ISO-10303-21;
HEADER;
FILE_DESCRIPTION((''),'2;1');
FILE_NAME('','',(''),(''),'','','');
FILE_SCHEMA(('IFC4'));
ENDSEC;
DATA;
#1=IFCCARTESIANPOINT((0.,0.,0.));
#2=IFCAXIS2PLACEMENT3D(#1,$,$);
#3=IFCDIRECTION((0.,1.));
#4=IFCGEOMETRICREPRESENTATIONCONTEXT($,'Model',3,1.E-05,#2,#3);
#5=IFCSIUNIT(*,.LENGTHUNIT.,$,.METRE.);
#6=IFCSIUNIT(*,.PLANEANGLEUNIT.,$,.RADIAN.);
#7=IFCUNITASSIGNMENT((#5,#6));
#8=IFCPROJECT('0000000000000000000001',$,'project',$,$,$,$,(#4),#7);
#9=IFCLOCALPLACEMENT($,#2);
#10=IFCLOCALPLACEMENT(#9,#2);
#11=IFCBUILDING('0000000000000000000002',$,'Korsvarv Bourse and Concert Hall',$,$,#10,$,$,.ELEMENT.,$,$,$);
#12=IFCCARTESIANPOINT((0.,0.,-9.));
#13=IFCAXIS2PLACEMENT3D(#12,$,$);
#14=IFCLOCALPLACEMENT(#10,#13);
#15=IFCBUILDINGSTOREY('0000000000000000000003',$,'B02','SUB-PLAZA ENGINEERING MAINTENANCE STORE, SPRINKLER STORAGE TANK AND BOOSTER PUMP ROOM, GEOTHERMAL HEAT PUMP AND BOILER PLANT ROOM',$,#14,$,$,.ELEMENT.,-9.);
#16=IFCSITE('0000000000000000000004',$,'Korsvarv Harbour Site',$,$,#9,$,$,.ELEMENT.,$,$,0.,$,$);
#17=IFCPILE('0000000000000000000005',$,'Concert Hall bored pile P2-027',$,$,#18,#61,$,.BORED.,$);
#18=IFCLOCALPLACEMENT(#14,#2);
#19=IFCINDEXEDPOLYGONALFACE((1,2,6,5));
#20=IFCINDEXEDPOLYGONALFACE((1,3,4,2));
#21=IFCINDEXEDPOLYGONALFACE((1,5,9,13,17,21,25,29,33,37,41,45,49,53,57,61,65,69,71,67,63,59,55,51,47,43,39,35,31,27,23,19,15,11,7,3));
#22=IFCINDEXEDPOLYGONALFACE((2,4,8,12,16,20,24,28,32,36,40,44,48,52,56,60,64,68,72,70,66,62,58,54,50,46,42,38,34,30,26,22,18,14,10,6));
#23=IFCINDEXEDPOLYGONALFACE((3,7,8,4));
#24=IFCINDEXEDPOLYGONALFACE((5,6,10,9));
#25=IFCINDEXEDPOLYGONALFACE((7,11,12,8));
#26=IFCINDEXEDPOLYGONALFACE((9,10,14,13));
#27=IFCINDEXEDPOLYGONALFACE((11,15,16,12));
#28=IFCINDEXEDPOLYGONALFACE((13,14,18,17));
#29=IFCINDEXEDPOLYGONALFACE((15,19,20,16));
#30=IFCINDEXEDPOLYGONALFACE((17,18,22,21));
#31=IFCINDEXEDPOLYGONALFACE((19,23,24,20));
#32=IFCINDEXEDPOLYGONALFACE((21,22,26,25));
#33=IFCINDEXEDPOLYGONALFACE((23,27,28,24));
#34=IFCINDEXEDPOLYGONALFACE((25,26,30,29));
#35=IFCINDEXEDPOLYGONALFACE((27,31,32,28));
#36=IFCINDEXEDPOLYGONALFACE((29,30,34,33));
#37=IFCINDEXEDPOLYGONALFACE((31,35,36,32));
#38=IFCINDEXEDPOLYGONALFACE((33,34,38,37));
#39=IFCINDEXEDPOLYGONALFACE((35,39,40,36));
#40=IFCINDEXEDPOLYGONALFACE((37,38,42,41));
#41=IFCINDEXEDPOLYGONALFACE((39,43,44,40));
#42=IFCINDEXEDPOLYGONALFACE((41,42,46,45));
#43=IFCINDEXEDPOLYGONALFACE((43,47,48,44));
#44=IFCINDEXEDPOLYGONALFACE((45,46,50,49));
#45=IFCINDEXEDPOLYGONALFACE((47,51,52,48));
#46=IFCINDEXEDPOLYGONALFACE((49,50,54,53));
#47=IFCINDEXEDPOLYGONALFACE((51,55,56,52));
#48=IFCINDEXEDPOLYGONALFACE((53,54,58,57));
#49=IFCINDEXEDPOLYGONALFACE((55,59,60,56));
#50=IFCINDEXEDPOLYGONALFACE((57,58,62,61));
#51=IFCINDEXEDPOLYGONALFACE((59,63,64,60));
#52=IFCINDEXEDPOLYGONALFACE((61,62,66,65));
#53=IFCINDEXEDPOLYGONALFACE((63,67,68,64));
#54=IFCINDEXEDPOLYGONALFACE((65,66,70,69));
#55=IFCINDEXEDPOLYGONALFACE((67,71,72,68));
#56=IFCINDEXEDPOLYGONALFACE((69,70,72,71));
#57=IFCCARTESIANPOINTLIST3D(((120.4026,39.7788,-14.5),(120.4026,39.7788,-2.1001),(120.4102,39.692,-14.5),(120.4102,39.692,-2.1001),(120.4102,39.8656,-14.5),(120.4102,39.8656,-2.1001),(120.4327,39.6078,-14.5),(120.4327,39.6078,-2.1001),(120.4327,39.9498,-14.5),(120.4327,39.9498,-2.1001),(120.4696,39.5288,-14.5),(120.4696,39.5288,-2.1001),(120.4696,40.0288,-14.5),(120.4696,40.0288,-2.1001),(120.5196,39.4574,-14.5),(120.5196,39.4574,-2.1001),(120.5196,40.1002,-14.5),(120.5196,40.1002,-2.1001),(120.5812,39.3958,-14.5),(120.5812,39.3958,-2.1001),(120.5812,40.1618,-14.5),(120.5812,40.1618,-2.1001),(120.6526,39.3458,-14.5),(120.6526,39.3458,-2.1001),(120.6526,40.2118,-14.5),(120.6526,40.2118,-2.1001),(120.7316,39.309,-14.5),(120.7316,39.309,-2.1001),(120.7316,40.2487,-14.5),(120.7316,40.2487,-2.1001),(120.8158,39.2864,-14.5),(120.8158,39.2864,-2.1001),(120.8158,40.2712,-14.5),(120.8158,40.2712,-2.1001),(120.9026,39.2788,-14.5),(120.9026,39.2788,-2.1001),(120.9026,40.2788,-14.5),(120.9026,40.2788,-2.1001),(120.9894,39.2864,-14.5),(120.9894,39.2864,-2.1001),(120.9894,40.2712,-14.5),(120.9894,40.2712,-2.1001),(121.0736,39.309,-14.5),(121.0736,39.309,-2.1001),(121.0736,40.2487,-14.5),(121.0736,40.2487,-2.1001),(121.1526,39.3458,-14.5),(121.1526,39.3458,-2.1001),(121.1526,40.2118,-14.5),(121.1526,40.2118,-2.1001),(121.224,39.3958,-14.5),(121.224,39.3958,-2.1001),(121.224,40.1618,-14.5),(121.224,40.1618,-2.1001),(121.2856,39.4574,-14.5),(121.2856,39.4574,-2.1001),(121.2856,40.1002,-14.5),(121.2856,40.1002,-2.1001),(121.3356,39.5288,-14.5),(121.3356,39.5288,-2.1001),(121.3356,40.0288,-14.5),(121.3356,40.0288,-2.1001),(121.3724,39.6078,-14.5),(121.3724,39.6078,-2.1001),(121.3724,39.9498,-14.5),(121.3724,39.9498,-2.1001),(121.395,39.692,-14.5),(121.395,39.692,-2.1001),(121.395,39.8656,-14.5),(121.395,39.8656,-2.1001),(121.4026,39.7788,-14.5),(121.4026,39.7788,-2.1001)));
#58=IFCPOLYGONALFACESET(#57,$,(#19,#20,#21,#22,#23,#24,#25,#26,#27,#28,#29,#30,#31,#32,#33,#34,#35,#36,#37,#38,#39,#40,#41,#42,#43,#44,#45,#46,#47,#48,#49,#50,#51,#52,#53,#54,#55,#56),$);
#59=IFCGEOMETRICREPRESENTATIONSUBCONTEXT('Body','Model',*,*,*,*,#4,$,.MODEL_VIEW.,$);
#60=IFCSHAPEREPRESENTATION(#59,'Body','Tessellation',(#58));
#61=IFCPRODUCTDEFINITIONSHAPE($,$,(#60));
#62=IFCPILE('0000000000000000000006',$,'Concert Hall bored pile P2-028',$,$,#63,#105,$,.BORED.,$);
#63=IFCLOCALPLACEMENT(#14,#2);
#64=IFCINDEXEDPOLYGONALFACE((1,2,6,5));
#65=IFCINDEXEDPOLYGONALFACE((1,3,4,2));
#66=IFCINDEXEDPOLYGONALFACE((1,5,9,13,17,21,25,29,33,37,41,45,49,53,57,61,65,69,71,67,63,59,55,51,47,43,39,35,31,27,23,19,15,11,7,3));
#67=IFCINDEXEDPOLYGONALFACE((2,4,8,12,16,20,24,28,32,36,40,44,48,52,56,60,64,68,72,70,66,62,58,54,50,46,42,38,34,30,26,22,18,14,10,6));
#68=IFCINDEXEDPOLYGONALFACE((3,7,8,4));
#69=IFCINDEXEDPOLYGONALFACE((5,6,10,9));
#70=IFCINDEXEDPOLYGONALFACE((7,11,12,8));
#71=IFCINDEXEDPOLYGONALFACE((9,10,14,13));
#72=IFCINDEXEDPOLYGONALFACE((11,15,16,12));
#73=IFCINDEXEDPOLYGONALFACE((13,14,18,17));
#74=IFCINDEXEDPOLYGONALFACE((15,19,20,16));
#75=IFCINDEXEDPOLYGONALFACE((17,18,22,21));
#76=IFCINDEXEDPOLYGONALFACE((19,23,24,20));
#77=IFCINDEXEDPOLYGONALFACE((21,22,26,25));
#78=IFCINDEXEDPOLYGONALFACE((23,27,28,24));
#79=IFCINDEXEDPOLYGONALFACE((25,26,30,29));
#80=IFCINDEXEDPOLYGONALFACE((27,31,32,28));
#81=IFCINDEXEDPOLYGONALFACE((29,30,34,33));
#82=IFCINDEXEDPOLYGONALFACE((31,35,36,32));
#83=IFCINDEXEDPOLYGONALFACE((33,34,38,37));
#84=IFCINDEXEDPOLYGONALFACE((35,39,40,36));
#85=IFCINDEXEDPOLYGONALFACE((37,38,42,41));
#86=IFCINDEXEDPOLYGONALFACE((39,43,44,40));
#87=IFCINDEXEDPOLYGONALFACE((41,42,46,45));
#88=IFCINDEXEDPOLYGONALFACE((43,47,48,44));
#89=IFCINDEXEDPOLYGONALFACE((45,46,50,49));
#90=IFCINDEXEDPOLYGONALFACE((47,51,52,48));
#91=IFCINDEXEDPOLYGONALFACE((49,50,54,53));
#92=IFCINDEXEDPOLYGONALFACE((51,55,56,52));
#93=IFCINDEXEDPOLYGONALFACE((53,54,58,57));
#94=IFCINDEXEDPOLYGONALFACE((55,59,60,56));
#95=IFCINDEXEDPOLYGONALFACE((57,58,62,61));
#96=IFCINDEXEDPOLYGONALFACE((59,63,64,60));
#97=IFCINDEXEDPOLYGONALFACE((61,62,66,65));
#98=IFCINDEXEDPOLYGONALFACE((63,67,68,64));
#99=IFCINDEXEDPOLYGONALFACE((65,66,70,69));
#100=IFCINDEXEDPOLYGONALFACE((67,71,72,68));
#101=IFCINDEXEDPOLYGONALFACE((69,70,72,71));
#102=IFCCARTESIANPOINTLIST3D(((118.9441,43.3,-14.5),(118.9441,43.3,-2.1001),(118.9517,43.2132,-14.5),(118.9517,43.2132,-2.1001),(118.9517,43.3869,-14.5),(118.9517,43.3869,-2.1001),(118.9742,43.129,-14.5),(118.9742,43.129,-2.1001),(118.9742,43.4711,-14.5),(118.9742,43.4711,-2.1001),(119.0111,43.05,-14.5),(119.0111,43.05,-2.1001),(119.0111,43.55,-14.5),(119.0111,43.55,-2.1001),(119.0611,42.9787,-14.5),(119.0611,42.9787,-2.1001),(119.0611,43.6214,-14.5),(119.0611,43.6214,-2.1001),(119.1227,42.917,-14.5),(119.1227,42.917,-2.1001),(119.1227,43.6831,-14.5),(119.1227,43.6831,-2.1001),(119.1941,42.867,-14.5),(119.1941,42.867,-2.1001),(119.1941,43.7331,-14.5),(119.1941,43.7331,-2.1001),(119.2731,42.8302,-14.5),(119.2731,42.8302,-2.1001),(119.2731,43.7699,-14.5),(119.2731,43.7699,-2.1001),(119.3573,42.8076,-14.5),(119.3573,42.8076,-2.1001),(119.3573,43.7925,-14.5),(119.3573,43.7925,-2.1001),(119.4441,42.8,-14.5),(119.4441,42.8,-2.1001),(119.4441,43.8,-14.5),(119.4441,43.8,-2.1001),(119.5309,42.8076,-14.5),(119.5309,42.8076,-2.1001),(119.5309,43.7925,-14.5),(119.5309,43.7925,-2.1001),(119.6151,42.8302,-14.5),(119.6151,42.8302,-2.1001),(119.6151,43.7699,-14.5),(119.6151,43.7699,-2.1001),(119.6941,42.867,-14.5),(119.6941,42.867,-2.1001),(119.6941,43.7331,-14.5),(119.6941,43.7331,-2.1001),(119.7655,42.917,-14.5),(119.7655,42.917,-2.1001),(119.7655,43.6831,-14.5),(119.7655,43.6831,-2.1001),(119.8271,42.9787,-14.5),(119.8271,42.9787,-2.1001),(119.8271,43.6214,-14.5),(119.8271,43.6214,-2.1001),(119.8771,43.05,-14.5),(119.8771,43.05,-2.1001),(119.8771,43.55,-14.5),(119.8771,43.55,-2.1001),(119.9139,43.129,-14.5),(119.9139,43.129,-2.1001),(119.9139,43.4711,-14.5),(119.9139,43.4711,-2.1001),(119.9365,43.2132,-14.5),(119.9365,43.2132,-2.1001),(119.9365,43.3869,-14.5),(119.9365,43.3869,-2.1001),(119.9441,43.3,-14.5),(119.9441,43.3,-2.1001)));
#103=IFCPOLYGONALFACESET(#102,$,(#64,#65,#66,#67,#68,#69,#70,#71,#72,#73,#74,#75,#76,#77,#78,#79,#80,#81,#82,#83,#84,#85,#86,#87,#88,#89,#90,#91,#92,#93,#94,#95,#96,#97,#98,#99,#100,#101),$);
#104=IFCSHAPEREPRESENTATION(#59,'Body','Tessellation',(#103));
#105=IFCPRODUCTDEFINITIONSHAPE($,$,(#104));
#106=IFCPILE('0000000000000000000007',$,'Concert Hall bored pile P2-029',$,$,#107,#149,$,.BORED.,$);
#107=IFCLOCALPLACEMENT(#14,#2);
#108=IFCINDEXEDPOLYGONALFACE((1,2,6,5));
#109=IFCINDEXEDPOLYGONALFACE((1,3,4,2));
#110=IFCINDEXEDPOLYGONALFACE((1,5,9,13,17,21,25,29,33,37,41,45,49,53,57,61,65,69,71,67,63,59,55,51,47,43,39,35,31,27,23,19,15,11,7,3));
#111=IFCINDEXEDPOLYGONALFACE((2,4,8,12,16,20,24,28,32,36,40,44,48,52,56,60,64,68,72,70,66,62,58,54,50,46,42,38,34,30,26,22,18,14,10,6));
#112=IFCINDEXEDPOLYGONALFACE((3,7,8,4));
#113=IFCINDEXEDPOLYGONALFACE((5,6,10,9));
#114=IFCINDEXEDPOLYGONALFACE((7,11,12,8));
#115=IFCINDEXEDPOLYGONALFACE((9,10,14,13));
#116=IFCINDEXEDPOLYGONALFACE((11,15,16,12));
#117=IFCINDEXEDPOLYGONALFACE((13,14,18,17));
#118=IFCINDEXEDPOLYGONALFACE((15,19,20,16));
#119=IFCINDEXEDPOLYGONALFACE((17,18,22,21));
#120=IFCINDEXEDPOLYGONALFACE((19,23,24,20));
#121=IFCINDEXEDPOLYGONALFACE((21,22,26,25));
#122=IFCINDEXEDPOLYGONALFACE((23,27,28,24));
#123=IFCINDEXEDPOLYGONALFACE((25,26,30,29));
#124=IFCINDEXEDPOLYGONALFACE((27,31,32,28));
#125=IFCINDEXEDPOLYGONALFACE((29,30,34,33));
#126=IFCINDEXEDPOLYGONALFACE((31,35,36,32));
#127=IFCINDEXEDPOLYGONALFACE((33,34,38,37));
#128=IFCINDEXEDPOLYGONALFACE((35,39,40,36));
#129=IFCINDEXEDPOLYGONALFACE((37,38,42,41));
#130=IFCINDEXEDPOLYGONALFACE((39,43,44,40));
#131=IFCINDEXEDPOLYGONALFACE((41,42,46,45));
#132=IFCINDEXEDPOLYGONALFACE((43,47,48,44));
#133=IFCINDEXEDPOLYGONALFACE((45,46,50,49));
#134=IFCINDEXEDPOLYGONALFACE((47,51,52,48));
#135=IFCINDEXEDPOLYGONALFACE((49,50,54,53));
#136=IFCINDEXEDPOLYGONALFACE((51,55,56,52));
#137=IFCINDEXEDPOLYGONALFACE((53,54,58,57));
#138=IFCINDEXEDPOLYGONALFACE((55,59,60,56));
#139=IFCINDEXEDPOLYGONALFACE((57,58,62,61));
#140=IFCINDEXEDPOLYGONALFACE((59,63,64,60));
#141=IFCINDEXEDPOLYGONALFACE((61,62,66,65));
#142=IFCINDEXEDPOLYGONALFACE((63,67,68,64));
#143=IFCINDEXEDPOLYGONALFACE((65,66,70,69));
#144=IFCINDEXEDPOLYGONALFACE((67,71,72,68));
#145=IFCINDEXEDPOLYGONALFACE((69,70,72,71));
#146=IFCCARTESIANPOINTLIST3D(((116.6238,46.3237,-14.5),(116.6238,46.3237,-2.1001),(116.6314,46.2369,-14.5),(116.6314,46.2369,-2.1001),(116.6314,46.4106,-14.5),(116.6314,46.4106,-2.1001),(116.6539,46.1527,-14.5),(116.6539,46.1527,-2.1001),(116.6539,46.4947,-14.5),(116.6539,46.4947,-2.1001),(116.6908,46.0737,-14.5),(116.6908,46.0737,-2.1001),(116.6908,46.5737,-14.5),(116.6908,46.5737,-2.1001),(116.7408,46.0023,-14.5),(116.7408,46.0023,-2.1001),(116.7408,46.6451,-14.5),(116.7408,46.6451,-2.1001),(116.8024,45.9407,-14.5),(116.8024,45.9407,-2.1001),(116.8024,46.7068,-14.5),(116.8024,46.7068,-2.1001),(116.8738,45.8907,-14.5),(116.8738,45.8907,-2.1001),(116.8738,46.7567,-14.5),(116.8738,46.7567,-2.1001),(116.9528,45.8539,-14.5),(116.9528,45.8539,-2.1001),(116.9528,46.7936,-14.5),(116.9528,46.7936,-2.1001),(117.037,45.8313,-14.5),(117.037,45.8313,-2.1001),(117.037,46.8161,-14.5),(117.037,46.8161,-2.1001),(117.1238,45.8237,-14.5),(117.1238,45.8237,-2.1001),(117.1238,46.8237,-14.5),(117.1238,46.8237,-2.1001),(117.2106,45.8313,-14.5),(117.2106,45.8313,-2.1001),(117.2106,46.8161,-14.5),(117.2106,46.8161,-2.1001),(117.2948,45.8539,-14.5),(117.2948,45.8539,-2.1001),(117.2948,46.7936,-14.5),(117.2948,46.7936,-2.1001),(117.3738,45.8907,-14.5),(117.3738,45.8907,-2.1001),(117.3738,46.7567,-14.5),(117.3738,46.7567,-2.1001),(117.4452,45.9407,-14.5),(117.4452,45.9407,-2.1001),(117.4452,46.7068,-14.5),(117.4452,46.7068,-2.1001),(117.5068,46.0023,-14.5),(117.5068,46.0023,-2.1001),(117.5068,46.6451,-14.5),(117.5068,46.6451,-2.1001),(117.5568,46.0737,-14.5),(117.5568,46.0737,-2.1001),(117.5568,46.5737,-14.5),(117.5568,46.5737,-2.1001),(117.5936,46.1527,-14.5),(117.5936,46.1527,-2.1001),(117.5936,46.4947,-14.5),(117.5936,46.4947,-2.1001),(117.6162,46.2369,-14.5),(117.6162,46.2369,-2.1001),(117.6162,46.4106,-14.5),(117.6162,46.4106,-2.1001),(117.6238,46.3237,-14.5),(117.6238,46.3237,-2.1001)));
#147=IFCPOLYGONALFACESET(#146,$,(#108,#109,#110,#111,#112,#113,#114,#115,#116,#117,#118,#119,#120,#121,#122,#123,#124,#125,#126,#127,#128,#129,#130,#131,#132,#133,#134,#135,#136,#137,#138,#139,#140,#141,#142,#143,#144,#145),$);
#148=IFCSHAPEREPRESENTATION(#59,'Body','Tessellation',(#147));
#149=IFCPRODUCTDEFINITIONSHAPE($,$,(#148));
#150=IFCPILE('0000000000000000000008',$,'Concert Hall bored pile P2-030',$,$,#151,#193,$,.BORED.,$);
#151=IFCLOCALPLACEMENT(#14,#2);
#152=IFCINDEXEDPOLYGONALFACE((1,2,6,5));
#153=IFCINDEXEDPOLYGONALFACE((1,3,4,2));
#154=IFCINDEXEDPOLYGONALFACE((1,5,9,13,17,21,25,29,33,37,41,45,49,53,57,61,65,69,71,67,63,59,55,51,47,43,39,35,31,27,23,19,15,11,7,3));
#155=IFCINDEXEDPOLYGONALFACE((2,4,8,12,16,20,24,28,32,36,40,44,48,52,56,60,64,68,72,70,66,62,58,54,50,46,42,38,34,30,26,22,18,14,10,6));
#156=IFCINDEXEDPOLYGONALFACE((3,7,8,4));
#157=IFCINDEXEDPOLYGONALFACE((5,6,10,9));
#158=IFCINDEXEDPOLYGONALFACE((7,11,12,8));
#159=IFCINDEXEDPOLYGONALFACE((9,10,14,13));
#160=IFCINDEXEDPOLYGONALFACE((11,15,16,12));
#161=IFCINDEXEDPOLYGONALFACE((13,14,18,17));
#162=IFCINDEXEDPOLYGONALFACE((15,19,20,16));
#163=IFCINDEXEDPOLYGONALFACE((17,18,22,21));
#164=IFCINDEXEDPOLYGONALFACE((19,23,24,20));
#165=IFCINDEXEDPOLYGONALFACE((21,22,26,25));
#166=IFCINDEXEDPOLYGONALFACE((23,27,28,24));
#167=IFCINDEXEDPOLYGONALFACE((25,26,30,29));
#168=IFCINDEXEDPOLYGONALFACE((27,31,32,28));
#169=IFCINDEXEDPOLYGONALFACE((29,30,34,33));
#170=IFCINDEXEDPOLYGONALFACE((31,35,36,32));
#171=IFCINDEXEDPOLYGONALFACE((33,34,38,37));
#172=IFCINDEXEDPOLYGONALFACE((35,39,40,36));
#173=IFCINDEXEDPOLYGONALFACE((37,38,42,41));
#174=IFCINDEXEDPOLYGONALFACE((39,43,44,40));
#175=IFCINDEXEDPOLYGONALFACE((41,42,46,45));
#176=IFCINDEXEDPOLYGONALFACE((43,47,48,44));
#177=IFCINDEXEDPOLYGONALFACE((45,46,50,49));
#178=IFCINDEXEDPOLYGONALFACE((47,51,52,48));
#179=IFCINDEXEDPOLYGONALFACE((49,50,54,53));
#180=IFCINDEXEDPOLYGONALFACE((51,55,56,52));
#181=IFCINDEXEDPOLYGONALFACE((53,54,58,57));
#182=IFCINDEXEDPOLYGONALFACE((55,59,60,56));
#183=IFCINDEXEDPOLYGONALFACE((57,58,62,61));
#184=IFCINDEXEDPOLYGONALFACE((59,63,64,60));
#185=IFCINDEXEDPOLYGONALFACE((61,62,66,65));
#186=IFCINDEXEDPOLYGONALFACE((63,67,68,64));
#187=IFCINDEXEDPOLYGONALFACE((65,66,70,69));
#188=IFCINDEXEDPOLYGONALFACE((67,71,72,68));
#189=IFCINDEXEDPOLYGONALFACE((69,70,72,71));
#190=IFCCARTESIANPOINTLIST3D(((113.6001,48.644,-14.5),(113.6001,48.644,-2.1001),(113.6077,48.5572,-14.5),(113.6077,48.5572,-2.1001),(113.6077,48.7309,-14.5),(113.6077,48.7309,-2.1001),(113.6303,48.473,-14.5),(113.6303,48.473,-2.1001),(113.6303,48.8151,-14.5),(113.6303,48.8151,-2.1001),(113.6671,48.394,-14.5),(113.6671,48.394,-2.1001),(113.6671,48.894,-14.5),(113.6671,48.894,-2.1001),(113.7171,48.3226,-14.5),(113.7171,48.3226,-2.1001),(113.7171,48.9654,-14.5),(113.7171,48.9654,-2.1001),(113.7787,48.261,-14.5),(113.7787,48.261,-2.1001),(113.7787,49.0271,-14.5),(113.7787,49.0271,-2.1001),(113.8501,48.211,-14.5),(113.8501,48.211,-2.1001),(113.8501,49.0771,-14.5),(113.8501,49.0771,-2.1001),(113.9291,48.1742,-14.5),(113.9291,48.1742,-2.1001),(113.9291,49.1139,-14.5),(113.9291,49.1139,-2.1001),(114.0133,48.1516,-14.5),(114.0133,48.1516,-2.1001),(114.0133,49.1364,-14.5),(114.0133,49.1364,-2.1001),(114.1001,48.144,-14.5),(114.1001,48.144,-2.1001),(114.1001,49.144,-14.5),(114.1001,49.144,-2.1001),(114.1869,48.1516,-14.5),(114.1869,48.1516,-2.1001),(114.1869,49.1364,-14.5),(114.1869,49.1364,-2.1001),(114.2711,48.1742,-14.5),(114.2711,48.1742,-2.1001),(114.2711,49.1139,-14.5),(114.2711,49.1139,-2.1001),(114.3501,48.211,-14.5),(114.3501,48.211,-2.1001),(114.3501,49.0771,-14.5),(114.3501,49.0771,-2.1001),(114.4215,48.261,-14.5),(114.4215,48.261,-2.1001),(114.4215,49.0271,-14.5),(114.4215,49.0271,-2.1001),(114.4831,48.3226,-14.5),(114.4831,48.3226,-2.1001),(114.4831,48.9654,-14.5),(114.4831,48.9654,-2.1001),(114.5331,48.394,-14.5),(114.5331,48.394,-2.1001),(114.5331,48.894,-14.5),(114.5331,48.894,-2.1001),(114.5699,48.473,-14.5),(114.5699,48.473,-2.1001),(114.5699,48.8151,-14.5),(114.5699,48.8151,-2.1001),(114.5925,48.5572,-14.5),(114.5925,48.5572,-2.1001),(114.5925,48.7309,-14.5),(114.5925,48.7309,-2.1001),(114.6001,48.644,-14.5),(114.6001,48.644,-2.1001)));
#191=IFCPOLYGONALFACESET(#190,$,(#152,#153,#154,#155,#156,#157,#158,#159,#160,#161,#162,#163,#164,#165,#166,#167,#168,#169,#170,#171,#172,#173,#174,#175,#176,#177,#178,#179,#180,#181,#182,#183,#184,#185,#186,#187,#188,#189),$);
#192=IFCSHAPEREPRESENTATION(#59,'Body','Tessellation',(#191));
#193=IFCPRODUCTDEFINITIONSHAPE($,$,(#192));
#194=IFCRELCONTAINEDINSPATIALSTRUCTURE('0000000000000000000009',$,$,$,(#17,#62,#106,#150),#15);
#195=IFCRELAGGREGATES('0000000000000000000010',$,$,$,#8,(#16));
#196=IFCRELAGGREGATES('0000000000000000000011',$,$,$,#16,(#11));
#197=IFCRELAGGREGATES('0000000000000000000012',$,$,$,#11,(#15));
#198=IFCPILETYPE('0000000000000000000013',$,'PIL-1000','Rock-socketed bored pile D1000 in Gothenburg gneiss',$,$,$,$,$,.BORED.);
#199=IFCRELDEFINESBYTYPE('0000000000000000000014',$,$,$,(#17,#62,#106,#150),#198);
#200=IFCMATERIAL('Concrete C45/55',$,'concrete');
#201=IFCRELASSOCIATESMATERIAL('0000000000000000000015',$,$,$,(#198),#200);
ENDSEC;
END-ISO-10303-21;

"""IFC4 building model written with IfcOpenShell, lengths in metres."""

from ifc_helpers import new_model, si_unit, direction, frame, origin, origin_2d, place, context, subcontext, project, spatial, circle, extrude, source, transform, mapped, material, material_profile, profile_set, type_object, element, save


model = new_model("IFC4")

# Units and contexts
model_context = context("Model", 3, precision=1e-05, world=origin(), true_north=direction((0.0, 1.0)))
body_context = subcontext(model_context, "Body", "Model", "MODEL_VIEW")
ifc_project = project(units=[si_unit("LENGTHUNIT", "METRE"), si_unit("PLANEANGLEUNIT", "RADIAN")], contexts=[model_context])

# Site, building, storey
site_placement = place(None, origin())
site = spatial("IfcSite", under=ifc_project, at=site_placement, Name="Korsvarv Harbour Site", CompositionType="ELEMENT", RefElevation=0.0)
building_placement = place(site_placement, origin())
building = spatial("IfcBuilding", under=site, at=building_placement, Name="Korsvarv Bourse and Concert Hall", CompositionType="ELEMENT")
storey_placement = place(building_placement, frame((0.0, 0.0, -9.0)))
storey = spatial("IfcBuildingStorey", under=building, at=storey_placement, Name="B02", Description="SUB-PLAZA ENGINEERING MAINTENANCE STORE, SPRINKLER STORAGE TANK AND BOOSTER PUMP ROOM, GEOTHERMAL HEAT PUMP AND BOILER PLANT ROOM", CompositionType="ELEMENT", Elevation=-9.0)

# Piles
ifc_material_1 = material(Name="Concrete C45/55", Category="concrete")
ifc_material_profile_1 = material_profile(ifc_material_1, circle(Radius=0.5, at=origin_2d()), Name="PILE D1000")
ifc_profile_set_1 = profile_set([ifc_material_profile_1], Name="Concrete C45/55")
pile_type = type_object("IfcPileType", Name="PIL-1000", Description="Rock-socketed bored pile D1000 in Gothenburg gneiss", PredefinedType="BORED", material=ifc_profile_set_1)
shared_shape_1 = source(origin(), body_context, "Body", "SweptSolid", [
    extrude(circle(Radius=0.5, at=origin_2d()), origin(), (0.0, 0.0, 1.0), 12.3999),
])
for number, where, z_axis, x_axis, name in (
    (1, (120.9026, 39.7788, -2.1001), (0.0, 0.0, -1.0), (1.0, 0.0, 0.0), "Concert Hall bored pile P2-027"),
    (2, (119.4441, 43.3, -2.1001), (0.0, 0.0, -1.0), (1.0, 0.0, 0.0), "Concert Hall bored pile P2-028"),
    (3, (117.1238, 46.3237, -2.1001), (0.0, 0.0, -1.0), (1.0, 0.0, 0.0), "Concert Hall bored pile P2-029"),
    (4, (114.1001, 48.644, -2.1001), (0.0, 0.0, -1.0), (1.0, 0.0, 0.0), "Concert Hall bored pile P2-030"),
):
    element("IfcPile", number, at=place(storey_placement, frame(where, z_axis=z_axis, x_axis=x_axis)), inside=storey, type_object=pile_type, Name=name, PredefinedType="BORED", context=body_context, shape_type="MappedRepresentation", body=[
        mapped(shared_shape_1, transform((0.0, 0.0, 0.0), scale=1.0)),
    ])

save(model, "model.ifc")
